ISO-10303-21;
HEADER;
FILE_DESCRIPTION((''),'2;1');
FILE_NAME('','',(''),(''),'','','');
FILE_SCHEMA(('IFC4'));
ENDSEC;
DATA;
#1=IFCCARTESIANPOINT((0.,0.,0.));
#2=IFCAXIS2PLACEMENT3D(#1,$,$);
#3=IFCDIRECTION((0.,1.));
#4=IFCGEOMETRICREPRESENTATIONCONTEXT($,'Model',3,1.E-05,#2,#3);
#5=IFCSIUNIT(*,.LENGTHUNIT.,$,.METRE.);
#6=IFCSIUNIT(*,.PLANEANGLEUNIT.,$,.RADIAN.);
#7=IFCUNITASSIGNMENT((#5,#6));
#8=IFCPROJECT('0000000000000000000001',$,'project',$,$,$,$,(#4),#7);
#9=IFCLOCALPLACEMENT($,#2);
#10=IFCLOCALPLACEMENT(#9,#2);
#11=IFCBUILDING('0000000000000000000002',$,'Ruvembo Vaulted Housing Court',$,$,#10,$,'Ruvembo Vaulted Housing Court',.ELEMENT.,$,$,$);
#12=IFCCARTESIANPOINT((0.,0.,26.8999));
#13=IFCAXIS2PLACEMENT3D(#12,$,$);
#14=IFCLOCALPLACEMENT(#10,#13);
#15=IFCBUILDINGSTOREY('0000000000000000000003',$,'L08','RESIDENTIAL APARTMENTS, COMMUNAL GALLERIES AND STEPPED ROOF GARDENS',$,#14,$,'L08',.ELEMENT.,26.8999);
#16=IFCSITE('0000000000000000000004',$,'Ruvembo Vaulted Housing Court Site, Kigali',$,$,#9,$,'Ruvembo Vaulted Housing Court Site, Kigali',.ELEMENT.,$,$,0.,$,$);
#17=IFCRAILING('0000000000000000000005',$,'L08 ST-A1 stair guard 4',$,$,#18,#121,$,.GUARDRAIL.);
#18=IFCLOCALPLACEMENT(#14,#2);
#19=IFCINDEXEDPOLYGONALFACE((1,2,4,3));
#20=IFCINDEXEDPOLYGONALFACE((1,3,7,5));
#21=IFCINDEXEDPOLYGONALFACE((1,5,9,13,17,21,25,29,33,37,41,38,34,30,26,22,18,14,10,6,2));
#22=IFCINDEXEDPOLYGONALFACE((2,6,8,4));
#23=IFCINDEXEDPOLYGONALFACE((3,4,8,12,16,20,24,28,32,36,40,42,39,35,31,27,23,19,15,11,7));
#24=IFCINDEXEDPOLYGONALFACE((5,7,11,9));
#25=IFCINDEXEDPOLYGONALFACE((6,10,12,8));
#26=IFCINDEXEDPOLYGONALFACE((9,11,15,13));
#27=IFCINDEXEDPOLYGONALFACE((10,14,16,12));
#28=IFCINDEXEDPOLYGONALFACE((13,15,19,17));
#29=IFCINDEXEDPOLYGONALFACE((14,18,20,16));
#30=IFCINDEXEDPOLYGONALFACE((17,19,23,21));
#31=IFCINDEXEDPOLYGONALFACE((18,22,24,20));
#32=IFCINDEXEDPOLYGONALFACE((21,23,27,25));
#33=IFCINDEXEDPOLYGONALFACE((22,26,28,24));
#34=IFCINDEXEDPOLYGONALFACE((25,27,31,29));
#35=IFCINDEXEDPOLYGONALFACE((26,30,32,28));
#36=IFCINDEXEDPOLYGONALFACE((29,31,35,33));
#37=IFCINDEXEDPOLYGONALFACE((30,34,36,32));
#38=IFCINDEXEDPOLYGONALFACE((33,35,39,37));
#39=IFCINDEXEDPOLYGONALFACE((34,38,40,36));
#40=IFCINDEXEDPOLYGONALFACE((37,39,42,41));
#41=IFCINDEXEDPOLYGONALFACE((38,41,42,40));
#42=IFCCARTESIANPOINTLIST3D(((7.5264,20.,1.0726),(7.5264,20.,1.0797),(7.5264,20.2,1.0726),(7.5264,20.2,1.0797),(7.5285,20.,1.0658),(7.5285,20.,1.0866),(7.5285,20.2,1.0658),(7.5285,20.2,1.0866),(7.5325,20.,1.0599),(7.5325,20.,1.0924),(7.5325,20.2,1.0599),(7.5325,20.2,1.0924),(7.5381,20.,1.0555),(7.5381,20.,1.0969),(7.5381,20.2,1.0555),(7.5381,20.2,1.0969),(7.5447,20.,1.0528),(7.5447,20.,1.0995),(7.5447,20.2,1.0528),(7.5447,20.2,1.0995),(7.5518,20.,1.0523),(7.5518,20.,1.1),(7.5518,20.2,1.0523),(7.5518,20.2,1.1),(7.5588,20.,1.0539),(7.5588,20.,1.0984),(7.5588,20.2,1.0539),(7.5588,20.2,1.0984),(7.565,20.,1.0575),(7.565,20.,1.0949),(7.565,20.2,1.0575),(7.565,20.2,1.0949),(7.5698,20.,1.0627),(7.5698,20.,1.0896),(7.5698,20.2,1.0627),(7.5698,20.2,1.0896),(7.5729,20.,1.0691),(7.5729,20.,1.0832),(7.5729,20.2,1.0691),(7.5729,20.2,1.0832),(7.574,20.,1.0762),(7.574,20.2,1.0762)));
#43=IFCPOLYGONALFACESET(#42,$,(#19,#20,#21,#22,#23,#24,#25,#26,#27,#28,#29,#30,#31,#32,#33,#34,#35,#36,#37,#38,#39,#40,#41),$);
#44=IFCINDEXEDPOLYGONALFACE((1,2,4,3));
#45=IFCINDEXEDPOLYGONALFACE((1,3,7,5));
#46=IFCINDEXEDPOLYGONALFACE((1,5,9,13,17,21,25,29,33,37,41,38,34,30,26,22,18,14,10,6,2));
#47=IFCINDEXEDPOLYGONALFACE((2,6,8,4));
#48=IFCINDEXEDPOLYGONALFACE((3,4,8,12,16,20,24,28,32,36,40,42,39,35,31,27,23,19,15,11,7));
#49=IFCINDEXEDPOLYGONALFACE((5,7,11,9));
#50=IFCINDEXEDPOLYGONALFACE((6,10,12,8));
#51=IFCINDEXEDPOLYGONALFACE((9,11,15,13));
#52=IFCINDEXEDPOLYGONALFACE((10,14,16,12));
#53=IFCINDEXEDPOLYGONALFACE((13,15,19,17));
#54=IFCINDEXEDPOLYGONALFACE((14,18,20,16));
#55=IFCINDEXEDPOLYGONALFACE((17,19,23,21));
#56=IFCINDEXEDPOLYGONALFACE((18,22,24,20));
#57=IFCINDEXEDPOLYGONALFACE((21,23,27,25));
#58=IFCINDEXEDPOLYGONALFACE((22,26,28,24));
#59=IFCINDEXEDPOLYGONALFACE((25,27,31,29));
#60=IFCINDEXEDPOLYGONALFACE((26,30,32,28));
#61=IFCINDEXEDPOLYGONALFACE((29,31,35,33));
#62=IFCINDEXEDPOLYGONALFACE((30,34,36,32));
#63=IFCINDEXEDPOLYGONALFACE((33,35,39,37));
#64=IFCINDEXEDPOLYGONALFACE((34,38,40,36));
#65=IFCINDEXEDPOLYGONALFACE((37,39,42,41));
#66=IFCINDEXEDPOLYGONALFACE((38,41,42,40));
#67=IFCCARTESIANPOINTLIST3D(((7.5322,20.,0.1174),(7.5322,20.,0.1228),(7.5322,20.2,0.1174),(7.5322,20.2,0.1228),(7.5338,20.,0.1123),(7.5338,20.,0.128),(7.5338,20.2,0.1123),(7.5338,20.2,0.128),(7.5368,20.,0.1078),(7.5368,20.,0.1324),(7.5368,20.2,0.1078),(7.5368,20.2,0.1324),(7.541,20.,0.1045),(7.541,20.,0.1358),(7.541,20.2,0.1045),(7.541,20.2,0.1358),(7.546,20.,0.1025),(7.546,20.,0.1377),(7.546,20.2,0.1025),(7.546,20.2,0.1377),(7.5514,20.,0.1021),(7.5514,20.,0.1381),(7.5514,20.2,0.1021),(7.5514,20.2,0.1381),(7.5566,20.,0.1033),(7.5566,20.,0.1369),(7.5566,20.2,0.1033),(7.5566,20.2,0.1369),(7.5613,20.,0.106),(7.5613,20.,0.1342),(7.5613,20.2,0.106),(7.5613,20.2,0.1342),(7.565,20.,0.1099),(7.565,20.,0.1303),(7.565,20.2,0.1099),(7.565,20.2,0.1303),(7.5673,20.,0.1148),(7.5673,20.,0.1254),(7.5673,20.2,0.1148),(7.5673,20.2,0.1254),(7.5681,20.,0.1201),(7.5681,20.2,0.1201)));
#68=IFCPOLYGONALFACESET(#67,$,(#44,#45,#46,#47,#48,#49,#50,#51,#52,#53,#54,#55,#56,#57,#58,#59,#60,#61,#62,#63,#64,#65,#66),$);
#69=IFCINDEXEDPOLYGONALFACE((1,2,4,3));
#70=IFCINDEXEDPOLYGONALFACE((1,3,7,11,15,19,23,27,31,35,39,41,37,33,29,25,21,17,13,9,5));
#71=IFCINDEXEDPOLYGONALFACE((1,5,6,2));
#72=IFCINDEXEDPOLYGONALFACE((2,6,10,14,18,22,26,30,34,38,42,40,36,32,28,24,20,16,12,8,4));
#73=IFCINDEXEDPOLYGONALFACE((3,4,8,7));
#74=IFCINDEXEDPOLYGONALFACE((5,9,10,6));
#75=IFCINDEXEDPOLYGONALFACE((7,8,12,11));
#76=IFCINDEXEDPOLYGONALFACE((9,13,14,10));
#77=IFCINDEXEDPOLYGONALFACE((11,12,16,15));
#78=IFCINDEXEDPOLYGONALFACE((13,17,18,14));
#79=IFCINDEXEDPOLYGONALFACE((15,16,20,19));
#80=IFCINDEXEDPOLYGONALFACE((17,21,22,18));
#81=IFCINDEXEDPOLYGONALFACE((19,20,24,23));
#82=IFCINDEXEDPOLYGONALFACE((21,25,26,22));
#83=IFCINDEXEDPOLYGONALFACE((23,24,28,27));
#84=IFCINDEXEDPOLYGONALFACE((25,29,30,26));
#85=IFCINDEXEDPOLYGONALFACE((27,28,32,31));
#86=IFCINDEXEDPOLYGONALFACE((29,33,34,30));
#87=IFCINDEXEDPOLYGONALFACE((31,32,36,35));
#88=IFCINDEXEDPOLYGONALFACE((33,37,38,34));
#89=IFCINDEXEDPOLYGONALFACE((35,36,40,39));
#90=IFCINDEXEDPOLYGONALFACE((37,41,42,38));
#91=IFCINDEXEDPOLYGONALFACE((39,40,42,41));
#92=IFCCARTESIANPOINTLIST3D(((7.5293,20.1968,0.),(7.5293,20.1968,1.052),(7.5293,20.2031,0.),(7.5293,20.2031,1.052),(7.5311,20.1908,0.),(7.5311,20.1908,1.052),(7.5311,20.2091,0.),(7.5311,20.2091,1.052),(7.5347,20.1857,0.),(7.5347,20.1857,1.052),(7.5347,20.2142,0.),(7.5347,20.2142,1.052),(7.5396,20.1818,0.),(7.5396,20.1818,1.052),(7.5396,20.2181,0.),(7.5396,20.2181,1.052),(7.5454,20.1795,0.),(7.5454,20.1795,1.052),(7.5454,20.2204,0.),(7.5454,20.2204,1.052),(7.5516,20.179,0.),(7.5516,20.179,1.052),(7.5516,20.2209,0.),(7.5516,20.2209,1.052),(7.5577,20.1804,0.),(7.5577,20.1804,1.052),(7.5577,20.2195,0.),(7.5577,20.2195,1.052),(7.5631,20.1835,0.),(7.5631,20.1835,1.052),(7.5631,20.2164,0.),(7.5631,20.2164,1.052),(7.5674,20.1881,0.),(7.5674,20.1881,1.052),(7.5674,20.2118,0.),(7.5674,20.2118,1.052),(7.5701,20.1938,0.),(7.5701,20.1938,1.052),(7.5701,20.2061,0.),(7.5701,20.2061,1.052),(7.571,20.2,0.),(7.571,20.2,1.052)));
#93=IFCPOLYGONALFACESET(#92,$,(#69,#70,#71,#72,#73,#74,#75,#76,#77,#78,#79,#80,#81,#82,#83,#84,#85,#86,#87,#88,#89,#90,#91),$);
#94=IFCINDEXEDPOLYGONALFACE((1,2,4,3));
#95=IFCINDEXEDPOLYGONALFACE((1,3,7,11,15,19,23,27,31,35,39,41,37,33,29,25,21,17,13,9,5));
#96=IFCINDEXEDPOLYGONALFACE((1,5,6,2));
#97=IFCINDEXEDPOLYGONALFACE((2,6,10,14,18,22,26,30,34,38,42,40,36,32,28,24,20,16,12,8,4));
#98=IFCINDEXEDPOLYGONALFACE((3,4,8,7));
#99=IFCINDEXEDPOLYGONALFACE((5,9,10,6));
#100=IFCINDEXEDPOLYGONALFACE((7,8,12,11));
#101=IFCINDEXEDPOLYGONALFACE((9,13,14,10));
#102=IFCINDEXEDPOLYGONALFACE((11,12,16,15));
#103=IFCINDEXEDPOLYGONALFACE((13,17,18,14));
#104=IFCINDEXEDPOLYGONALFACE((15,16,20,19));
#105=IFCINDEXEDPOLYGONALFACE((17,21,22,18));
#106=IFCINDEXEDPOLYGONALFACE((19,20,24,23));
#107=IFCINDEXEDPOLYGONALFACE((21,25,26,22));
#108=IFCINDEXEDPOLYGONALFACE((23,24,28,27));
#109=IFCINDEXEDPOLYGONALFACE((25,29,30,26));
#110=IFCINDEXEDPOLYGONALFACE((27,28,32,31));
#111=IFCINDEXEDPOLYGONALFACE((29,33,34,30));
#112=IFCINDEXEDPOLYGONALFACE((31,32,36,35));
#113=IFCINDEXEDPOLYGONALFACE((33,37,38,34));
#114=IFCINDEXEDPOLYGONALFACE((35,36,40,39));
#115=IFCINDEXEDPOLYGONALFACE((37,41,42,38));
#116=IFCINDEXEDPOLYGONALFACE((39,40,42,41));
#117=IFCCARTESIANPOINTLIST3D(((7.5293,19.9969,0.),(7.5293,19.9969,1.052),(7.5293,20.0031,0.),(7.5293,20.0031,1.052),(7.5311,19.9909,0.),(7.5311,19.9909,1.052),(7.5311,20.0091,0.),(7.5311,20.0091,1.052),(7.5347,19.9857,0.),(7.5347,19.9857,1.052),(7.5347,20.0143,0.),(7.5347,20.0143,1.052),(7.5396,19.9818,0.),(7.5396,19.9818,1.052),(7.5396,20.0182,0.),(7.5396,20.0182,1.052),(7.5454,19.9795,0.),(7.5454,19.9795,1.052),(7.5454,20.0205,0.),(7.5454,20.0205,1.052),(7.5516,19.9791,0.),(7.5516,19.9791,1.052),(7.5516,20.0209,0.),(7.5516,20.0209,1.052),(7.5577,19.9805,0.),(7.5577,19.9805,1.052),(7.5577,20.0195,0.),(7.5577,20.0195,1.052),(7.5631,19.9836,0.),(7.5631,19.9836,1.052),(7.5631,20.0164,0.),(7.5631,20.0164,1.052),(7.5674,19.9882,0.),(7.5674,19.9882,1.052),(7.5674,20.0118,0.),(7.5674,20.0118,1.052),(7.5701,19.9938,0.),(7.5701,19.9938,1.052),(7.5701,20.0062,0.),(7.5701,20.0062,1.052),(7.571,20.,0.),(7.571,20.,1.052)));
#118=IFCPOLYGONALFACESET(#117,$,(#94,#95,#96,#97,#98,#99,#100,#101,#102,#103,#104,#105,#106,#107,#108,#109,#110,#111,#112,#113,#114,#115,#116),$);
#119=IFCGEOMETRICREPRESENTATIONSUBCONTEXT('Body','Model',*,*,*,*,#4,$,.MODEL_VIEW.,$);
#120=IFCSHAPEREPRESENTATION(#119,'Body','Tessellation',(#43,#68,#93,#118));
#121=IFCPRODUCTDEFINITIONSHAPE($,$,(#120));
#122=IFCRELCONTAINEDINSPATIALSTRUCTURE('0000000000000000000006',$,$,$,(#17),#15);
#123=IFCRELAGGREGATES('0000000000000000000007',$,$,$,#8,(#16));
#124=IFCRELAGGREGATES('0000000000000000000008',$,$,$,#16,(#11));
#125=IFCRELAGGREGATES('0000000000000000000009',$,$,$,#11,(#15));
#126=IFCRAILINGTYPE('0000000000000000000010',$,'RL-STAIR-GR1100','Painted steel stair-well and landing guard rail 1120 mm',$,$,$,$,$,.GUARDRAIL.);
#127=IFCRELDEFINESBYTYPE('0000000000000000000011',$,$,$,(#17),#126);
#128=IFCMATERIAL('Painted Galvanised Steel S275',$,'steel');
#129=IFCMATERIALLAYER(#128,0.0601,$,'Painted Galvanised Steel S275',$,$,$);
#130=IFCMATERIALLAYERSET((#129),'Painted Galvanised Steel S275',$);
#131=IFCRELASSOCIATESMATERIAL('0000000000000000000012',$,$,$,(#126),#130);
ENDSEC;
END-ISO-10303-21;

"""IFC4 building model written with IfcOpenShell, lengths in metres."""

from ifc_helpers import new_model, si_unit, direction, frame, origin, origin_2d, place, context, subcontext, project, spatial, circle, extrude, material, layer, layer_set, type_object, element, save


model = new_model("IFC4")

# Units and contexts
model_context = context("Model", 3, precision=1e-05, world=origin(), true_north=direction((0.0, 1.0)))
body_context = subcontext(model_context, "Body", "Model", "MODEL_VIEW")
ifc_project = project(units=[si_unit("LENGTHUNIT", "METRE"), si_unit("PLANEANGLEUNIT", "RADIAN")], contexts=[model_context])

# Site, building, storey
site_placement = place(None, origin())
site = spatial("IfcSite", under=ifc_project, at=site_placement, Name="Ruvembo Vaulted Housing Court Site, Kigali", LongName="Ruvembo Vaulted Housing Court Site, Kigali", CompositionType="ELEMENT", RefElevation=0.0)
building_placement = place(site_placement, origin())
building = spatial("IfcBuilding", under=site, at=building_placement, Name="Ruvembo Vaulted Housing Court", LongName="Ruvembo Vaulted Housing Court", CompositionType="ELEMENT")
storey_placement = place(building_placement, frame((0.0, 0.0, 26.8999)))
storey = spatial("IfcBuildingStorey", under=building, at=storey_placement, Name="L08", Description="RESIDENTIAL APARTMENTS, COMMUNAL GALLERIES AND STEPPED ROOF GARDENS", LongName="L08", CompositionType="ELEMENT", Elevation=26.8999)

# Railing
ifc_material_1 = material(Name="Painted Galvanised Steel S275", Category="steel")
ifc_layer_1 = layer(ifc_material_1, 0.0601, Name="Painted Galvanised Steel S275")
ifc_layer_set_1 = layer_set([ifc_layer_1], Name="Painted Galvanised Steel S275")
railing_type_1 = type_object("IfcRailingType", Name="RL-STAIR-GR1100", Description="Painted steel stair-well and landing guard rail 1120 mm", PredefinedType="GUARDRAIL", material=ifc_layer_set_1)
railing_1_placement = place(storey_placement, frame((7.55, 20.2, 0.0)))
element("IfcRailing", 1, at=railing_1_placement, inside=storey, type_object=railing_type_1, Name="L08 ST-A1 stair guard 4", PredefinedType="GUARDRAIL", context=body_context, shape_type="SweptSolid", body=[
    extrude(circle(Radius=0.0239, at=origin_2d()), frame((0.0, 0.0, 1.0762), z_axis=(0.0, -1.0, 0.0), x_axis=(1.0, 0.0, 0.0)), (0.0, 0.0, 1.0), 0.2),
    extrude(circle(Radius=0.0181, at=origin_2d()), frame((0.0, 0.0, 0.1201), z_axis=(0.0, -1.0, 0.0), x_axis=(1.0, 0.0, 0.0)), (0.0, 0.0, 1.0), 0.2),
    extrude(circle(Radius=0.021, at=origin_2d()), origin(), (0.0, 0.0, 1.0), 1.052),
    extrude(circle(Radius=0.021, at=origin_2d()), frame((0.0, -0.2, 0.0)), (0.0, 0.0, 1.0), 1.052),
])

save(model, "model.ifc")
